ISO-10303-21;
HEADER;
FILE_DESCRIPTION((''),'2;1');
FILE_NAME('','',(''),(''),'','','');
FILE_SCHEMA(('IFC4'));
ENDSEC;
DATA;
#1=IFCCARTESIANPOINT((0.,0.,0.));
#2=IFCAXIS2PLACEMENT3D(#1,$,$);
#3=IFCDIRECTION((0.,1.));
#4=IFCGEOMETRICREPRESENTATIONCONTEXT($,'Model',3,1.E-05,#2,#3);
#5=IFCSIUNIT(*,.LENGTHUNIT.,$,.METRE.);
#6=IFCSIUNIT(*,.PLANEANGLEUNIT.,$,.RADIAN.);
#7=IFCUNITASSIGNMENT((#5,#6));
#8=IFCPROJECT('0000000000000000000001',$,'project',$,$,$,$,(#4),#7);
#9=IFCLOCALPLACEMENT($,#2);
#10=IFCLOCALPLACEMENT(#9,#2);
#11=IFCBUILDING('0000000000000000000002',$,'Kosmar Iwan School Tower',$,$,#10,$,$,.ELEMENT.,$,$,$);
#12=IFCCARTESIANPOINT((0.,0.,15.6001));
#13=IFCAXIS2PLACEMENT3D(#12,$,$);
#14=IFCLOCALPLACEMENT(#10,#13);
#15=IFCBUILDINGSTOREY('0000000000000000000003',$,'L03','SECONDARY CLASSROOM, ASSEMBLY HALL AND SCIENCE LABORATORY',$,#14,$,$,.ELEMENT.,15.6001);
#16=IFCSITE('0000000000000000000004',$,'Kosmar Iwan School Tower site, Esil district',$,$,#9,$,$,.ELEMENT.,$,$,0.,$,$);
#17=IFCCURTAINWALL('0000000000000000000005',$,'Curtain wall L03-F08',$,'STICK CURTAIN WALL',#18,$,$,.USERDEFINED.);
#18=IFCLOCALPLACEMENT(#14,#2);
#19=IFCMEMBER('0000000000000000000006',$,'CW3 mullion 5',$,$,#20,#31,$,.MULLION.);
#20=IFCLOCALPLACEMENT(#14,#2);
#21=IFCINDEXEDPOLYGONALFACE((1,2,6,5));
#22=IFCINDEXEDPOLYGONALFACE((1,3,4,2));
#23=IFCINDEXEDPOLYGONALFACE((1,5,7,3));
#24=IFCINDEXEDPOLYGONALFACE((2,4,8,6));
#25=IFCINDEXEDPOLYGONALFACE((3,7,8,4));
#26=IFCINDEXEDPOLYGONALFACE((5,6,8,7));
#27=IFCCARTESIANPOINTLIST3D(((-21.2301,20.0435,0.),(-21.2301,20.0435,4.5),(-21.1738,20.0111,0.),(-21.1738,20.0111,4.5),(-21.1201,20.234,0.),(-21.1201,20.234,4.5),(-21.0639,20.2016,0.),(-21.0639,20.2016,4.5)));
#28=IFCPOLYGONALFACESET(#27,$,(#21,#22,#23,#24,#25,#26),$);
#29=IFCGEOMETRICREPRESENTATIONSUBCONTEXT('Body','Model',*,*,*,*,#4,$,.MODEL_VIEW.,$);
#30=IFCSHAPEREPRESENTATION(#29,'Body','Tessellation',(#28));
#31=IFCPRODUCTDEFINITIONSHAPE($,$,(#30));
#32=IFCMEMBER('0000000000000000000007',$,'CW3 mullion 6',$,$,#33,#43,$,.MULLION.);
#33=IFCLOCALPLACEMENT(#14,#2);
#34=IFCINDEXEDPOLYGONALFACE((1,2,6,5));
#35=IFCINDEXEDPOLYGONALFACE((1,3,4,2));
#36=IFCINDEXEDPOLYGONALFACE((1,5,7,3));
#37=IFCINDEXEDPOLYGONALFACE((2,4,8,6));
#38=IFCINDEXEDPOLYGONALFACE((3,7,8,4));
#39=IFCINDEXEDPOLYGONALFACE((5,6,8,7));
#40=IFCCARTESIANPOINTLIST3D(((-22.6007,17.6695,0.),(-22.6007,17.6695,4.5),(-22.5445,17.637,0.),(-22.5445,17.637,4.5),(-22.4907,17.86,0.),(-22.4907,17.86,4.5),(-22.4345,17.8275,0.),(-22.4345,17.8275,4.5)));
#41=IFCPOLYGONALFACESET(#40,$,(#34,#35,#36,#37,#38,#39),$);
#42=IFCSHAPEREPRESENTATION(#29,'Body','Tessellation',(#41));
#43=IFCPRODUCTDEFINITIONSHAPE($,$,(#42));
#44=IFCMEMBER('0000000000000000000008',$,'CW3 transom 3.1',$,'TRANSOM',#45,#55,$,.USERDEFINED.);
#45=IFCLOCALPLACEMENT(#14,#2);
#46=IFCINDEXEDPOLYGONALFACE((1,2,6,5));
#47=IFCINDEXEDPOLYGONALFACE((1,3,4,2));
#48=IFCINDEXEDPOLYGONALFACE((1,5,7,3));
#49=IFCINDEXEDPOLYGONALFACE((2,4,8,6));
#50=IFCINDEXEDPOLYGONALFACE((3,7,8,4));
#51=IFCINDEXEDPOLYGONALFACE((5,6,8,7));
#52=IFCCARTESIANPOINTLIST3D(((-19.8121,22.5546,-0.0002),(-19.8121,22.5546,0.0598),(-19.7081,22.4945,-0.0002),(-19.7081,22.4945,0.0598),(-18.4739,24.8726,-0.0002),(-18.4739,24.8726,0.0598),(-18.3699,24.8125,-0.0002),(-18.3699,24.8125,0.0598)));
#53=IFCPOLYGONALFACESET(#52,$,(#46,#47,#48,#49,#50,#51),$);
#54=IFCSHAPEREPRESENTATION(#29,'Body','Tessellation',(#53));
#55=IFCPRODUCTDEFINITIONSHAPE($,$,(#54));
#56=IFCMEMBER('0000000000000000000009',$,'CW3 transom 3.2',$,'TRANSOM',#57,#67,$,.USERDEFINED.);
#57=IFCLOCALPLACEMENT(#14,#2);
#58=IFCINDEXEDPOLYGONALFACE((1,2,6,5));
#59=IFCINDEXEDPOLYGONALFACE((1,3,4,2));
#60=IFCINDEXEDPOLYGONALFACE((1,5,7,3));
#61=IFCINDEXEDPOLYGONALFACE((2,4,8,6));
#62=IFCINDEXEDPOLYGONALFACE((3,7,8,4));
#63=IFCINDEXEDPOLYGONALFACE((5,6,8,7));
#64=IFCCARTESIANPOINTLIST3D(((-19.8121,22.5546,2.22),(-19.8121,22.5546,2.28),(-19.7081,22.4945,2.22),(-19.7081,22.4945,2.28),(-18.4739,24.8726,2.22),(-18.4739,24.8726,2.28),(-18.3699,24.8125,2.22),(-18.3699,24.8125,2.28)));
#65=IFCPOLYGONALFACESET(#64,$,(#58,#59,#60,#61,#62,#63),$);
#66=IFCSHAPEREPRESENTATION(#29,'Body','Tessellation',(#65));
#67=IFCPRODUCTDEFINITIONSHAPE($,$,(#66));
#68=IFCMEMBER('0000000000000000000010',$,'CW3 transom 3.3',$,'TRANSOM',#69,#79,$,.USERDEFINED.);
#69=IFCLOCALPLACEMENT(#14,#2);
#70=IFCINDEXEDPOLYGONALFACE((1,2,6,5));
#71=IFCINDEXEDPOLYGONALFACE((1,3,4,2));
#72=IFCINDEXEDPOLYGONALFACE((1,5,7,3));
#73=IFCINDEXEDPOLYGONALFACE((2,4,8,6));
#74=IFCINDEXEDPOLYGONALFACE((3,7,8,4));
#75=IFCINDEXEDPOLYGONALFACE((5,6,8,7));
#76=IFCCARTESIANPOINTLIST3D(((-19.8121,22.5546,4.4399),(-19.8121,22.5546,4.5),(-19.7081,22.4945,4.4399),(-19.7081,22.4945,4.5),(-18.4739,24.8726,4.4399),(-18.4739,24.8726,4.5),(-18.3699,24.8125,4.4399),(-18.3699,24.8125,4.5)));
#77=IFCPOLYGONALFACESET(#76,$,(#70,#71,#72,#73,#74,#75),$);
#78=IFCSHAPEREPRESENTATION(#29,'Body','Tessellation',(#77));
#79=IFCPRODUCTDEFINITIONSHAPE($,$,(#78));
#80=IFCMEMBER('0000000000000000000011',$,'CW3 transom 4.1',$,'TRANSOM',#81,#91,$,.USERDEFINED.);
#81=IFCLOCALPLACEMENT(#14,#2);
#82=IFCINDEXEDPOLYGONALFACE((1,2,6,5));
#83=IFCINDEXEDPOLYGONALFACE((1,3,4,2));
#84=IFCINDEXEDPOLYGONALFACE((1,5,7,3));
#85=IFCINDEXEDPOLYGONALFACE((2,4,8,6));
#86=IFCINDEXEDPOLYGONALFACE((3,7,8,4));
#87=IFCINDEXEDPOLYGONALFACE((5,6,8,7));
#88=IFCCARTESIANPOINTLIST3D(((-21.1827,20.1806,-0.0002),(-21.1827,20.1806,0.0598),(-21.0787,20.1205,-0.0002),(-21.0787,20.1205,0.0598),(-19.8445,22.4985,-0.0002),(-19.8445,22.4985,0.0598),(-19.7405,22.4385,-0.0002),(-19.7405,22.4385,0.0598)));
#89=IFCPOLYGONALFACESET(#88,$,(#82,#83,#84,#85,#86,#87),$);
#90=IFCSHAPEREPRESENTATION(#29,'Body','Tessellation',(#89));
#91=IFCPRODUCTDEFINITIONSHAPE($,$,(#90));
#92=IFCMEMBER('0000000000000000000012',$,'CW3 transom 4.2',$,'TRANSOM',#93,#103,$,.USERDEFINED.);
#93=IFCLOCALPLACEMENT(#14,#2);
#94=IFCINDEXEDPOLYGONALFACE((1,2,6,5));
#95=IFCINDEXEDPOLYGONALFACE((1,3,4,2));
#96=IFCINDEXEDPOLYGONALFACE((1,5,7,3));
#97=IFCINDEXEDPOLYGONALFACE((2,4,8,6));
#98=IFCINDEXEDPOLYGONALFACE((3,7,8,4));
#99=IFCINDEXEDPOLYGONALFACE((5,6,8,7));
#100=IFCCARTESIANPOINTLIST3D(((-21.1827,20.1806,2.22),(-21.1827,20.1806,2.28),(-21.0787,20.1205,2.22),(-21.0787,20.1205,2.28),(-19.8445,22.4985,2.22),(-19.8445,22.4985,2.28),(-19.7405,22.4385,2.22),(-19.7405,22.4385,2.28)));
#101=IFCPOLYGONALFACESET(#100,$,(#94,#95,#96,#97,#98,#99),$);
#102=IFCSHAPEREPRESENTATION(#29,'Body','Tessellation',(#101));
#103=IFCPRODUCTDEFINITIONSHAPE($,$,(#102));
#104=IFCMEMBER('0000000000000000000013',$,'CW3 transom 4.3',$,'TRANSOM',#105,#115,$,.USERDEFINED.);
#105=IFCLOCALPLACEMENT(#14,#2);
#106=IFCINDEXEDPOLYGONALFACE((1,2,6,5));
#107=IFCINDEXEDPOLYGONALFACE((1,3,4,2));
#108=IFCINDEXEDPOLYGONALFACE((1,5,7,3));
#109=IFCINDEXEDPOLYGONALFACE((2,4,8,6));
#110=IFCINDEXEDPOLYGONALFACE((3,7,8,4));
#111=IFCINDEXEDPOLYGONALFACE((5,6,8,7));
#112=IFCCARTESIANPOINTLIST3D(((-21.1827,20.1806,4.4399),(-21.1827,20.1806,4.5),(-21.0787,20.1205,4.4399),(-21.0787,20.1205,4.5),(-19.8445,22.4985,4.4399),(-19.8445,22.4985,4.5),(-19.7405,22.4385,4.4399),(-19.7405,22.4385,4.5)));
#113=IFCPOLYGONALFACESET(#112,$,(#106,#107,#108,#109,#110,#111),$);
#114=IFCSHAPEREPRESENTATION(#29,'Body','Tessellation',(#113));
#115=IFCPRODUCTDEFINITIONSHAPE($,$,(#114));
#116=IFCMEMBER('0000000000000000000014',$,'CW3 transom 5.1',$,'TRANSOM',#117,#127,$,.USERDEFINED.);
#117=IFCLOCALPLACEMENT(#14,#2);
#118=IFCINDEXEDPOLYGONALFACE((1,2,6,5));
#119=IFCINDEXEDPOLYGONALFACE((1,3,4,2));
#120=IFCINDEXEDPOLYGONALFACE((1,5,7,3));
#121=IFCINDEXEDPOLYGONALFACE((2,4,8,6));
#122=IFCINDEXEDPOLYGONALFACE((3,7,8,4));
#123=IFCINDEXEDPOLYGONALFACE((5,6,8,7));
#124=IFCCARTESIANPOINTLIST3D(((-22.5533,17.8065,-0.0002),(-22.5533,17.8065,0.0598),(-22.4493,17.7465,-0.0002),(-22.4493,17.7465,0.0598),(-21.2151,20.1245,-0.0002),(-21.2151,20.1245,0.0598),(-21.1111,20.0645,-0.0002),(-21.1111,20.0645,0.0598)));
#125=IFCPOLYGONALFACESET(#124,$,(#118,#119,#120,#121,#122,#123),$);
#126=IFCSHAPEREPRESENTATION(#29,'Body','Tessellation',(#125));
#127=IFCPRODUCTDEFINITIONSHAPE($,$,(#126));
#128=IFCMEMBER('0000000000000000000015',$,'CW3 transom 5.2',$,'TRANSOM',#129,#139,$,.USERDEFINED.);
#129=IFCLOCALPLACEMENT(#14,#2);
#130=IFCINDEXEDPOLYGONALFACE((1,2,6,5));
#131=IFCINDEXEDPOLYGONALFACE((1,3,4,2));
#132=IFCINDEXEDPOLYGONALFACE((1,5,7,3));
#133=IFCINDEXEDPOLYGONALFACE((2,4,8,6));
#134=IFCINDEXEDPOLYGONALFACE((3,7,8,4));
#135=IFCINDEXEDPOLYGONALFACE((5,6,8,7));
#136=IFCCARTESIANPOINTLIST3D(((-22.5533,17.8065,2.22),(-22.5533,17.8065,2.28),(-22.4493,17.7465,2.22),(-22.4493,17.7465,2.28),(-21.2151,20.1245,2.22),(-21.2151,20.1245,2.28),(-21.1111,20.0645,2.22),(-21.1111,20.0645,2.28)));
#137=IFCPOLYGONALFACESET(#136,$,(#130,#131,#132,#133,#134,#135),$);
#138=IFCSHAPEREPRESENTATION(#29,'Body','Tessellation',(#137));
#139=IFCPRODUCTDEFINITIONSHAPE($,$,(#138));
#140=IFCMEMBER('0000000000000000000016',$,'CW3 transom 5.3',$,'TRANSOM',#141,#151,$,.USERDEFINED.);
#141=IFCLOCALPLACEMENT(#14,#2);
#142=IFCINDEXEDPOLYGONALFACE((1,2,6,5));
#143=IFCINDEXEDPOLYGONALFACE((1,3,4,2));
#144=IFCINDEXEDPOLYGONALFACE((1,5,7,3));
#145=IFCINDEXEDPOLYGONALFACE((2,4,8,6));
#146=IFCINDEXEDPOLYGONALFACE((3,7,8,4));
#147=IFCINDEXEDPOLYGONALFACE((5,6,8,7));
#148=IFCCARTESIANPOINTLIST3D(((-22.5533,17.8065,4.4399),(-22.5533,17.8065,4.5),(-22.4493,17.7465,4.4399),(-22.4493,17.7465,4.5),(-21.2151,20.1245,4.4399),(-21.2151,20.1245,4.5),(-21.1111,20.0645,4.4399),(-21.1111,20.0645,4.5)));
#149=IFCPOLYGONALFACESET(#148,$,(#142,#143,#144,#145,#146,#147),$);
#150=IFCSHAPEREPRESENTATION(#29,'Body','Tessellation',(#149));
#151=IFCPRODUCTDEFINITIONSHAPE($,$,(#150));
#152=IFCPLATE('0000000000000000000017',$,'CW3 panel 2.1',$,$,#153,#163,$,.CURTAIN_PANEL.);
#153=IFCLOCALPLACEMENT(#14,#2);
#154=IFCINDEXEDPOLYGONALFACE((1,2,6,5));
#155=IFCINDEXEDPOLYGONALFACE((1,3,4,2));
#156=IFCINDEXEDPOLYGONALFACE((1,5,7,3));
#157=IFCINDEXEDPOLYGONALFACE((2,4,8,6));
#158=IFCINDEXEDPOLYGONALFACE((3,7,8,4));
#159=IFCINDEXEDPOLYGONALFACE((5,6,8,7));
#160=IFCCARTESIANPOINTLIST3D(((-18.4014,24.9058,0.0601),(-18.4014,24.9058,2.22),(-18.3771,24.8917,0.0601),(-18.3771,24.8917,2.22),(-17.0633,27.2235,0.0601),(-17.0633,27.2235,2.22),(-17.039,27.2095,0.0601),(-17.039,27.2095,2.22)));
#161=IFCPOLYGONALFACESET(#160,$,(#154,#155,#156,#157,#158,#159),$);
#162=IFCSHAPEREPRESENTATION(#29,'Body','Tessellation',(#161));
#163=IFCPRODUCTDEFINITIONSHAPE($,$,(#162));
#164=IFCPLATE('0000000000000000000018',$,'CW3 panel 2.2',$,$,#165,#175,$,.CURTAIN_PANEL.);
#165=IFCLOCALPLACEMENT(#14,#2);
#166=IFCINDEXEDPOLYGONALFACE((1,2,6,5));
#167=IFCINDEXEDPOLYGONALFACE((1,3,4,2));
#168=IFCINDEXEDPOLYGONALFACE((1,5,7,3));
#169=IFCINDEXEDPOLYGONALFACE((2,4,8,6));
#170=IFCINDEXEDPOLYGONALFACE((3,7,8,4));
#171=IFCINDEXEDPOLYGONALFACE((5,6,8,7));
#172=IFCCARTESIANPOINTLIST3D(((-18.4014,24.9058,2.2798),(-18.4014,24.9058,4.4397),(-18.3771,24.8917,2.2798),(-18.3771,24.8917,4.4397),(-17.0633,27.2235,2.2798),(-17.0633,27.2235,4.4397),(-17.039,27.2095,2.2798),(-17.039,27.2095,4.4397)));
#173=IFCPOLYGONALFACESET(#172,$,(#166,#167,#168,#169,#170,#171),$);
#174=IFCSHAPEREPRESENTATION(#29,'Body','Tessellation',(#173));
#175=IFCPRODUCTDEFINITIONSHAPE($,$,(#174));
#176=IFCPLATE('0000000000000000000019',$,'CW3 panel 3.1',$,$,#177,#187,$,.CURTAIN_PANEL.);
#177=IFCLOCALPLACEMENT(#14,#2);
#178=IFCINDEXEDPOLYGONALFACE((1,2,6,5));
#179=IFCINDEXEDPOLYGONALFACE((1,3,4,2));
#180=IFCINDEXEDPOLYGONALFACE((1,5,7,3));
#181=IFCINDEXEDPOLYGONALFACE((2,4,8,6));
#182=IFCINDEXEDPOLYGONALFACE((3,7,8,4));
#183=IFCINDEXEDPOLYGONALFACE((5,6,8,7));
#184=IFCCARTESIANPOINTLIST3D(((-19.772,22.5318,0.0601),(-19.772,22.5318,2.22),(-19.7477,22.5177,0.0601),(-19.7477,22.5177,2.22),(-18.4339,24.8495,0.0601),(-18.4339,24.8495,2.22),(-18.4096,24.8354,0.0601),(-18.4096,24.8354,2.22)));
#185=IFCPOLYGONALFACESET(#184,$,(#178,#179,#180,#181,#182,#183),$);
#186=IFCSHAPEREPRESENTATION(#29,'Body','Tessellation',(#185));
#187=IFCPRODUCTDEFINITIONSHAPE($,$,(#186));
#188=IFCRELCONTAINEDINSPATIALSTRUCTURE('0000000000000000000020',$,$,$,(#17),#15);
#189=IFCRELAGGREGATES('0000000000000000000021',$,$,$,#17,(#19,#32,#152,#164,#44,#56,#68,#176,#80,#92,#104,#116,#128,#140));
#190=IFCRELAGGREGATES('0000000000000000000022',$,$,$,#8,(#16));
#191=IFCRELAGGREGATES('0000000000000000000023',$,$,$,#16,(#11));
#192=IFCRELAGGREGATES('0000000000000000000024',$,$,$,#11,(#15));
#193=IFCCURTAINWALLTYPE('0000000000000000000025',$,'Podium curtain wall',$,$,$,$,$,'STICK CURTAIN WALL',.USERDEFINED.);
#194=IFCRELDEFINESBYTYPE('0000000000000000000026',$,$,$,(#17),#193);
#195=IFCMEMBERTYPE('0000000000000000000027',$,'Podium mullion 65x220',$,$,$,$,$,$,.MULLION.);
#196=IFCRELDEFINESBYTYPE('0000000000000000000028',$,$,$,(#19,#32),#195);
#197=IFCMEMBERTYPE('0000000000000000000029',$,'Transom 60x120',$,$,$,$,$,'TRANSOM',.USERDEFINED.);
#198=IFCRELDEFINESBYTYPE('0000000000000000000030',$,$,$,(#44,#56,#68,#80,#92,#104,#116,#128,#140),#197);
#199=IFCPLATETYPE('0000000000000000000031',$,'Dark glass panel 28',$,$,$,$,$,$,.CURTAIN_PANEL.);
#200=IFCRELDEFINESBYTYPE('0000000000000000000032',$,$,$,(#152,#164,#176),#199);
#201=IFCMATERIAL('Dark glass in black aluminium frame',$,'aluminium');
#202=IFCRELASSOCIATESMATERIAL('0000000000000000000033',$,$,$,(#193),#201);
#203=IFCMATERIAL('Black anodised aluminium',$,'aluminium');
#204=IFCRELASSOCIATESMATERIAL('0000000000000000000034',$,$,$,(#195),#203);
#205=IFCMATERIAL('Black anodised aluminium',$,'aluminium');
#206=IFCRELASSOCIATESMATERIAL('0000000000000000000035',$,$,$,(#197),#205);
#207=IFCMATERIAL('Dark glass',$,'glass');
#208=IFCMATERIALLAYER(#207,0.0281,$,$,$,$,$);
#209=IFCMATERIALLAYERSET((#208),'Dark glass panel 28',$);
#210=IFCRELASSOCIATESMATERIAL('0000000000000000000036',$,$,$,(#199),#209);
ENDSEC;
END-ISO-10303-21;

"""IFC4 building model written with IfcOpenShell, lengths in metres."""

from ifc_helpers import new_model, si_unit, direction, frame, origin, origin_2d, place, context, subcontext, project, spatial, rectangle, extrude, material, layer, layer_set, material_profile, profile_set, type_object, element, aggregate, save


model = new_model("IFC4")

# Units and contexts
model_context = context("Model", 3, precision=1e-05, world=origin(), true_north=direction((0.0, 1.0)))
body_context = subcontext(model_context, "Body", "Model", "MODEL_VIEW")
ifc_project = project(units=[si_unit("LENGTHUNIT", "METRE"), si_unit("PLANEANGLEUNIT", "RADIAN")], contexts=[model_context])

# Site, building, storey
site_placement = place(None, origin())
site = spatial("IfcSite", under=ifc_project, at=site_placement, Name="Kosmar Iwan School Tower site, Esil district", CompositionType="ELEMENT", RefElevation=0.0)
building_placement = place(site_placement, origin())
building = spatial("IfcBuilding", under=site, at=building_placement, Name="Kosmar Iwan School Tower", CompositionType="ELEMENT")
storey_placement = place(building_placement, frame((0.0, 0.0, 15.6001)))
storey = spatial("IfcBuildingStorey", under=building, at=storey_placement, Name="L03", Description="SECONDARY CLASSROOM, ASSEMBLY HALL AND SCIENCE LABORATORY", CompositionType="ELEMENT", Elevation=15.6001)

# Curtain wall, members, plates
ifc_material_1 = material(Name="Dark glass in black aluminium frame", Category="aluminium")
curtain_wall_type = type_object("IfcCurtainWallType", Name="Podium curtain wall", ElementType="STICK CURTAIN WALL", PredefinedType="USERDEFINED", material=ifc_material_1)
curtain_wall_placement = place(storey_placement, origin())
curtain_wall = element("IfcCurtainWall", 1, at=curtain_wall_placement, inside=storey, type_object=curtain_wall_type, Name="Curtain wall L03-F08", ObjectType="STICK CURTAIN WALL", PredefinedType="USERDEFINED")
ifc_material_2 = material(Name="Black anodised aluminium", Category="aluminium")
ifc_material_profile_1 = material_profile(ifc_material_2, rectangle(XDim=0.0649, YDim=0.22, at=origin_2d()), Name="MULLION 65x220")
ifc_profile_set_1 = profile_set([ifc_material_profile_1], Name="Black anodised aluminium")
member_type_1 = type_object("IfcMemberType", Name="Podium mullion 65x220", PredefinedType="MULLION", material=ifc_profile_set_1)
member_1_placement = place(storey_placement, frame((-21.147, 20.1226, 0.0), z_axis=(0.0, 0.0, 1.0), x_axis=(0.866025, -0.5, 0.0)))
member_1 = element("IfcMember", 2, at=member_1_placement, type_object=member_type_1, Name="CW3 mullion 5", PredefinedType="MULLION", context=body_context, shape_type="SweptSolid", body=[
    extrude(rectangle(XDim=0.0649, YDim=0.22, at=origin_2d()), origin(), (0.0, 0.0, 1.0), 4.5),
])
member_2_placement = place(storey_placement, frame((-22.5176, 17.7485, 0.0), z_axis=(0.0, 0.0, 1.0), x_axis=(0.866025, -0.5, 0.0)))
member_2 = element("IfcMember", 3, at=member_2_placement, type_object=member_type_1, Name="CW3 mullion 6", PredefinedType="MULLION", context=body_context, shape_type="SweptSolid", body=[
    extrude(rectangle(XDim=0.0649, YDim=0.22, at=origin_2d()), origin(), (0.0, 0.0, 1.0), 4.5),
])
ifc_material_3 = material(Name="Black anodised aluminium", Category="aluminium")
ifc_material_profile_2 = material_profile(ifc_material_3, rectangle(XDim=0.1201, YDim=0.0601, at=origin_2d()), Name="TRANSOM 60x120")
ifc_profile_set_2 = profile_set([ifc_material_profile_2], Name="Black anodised aluminium")
member_type_2 = type_object("IfcMemberType", Name="Transom 60x120", ElementType="TRANSOM", PredefinedType="USERDEFINED", material=ifc_profile_set_2)
member_3_placement = place(storey_placement, frame((-18.4219, 24.8425, 0.0298), z_axis=(-0.499975, -0.86604, 0.0), x_axis=(0.86604, -0.499975, 0.0)))
member_3 = element("IfcMember", 4, at=member_3_placement, type_object=member_type_2, Name="CW3 transom 3.1", ObjectType="TRANSOM", PredefinedType="USERDEFINED", context=body_context, shape_type="SweptSolid", body=[
    extrude(rectangle(XDim=0.1201, YDim=0.0601, at=origin_2d()), origin(), (0.0, 0.0, 1.0), 2.6765),
])
member_4_placement = place(storey_placement, frame((-18.4219, 24.8425, 2.25), z_axis=(-0.499975, -0.86604, 0.0), x_axis=(0.86604, -0.499975, 0.0)))
member_4 = element("IfcMember", 5, at=member_4_placement, type_object=member_type_2, Name="CW3 transom 3.2", ObjectType="TRANSOM", PredefinedType="USERDEFINED", context=body_context, shape_type="SweptSolid", body=[
    extrude(rectangle(XDim=0.1201, YDim=0.0601, at=origin_2d()), origin(), (0.0, 0.0, 1.0), 2.6765),
])
member_5_placement = place(storey_placement, frame((-18.4219, 24.8425, 4.47), z_axis=(-0.499975, -0.86604, 0.0), x_axis=(0.86604, -0.499975, 0.0)))
member_5 = element("IfcMember", 6, at=member_5_placement, type_object=member_type_2, Name="CW3 transom 3.3", ObjectType="TRANSOM", PredefinedType="USERDEFINED", context=body_context, shape_type="SweptSolid", body=[
    extrude(rectangle(XDim=0.1201, YDim=0.0601, at=origin_2d()), origin(), (0.0, 0.0, 1.0), 2.6765),
])
member_6_placement = place(storey_placement, frame((-19.7925, 22.4685, 0.0298), z_axis=(-0.499975, -0.86604, 0.0), x_axis=(0.86604, -0.499975, 0.0)))
member_6 = element("IfcMember", 7, at=member_6_placement, type_object=member_type_2, Name="CW3 transom 4.1", ObjectType="TRANSOM", PredefinedType="USERDEFINED", context=body_context, shape_type="SweptSolid", body=[
    extrude(rectangle(XDim=0.1201, YDim=0.0601, at=origin_2d()), origin(), (0.0, 0.0, 1.0), 2.6765),
])
member_7_placement = place(storey_placement, frame((-19.7925, 22.4685, 2.25), z_axis=(-0.499975, -0.86604, 0.0), x_axis=(0.86604, -0.499975, 0.0)))
member_7 = element("IfcMember", 8, at=member_7_placement, type_object=member_type_2, Name="CW3 transom 4.2", ObjectType="TRANSOM", PredefinedType="USERDEFINED", context=body_context, shape_type="SweptSolid", body=[
    extrude(rectangle(XDim=0.1201, YDim=0.0601, at=origin_2d()), origin(), (0.0, 0.0, 1.0), 2.6765),
])
member_8_placement = place(storey_placement, frame((-19.7925, 22.4685, 4.47), z_axis=(-0.499975, -0.86604, 0.0), x_axis=(0.86604, -0.499975, 0.0)))
member_8 = element("IfcMember", 9, at=member_8_placement, type_object=member_type_2, Name="CW3 transom 4.3", ObjectType="TRANSOM", PredefinedType="USERDEFINED", context=body_context, shape_type="SweptSolid", body=[
    extrude(rectangle(XDim=0.1201, YDim=0.0601, at=origin_2d()), origin(), (0.0, 0.0, 1.0), 2.6765),
])
member_9_placement = place(storey_placement, frame((-21.1631, 20.0945, 0.0298), z_axis=(-0.499975, -0.86604, 0.0), x_axis=(0.86604, -0.499975, 0.0)))
member_9 = element("IfcMember", 10, at=member_9_placement, type_object=member_type_2, Name="CW3 transom 5.1", ObjectType="TRANSOM", PredefinedType="USERDEFINED", context=body_context, shape_type="SweptSolid", body=[
    extrude(rectangle(XDim=0.1201, YDim=0.0601, at=origin_2d()), origin(), (0.0, 0.0, 1.0), 2.6765),
])
member_10_placement = place(storey_placement, frame((-21.1631, 20.0945, 2.25), z_axis=(-0.499975, -0.86604, 0.0), x_axis=(0.86604, -0.499975, 0.0)))
member_10 = element("IfcMember", 11, at=member_10_placement, type_object=member_type_2, Name="CW3 transom 5.2", ObjectType="TRANSOM", PredefinedType="USERDEFINED", context=body_context, shape_type="SweptSolid", body=[
    extrude(rectangle(XDim=0.1201, YDim=0.0601, at=origin_2d()), origin(), (0.0, 0.0, 1.0), 2.6765),
])
member_11_placement = place(storey_placement, frame((-21.1631, 20.0945, 4.47), z_axis=(-0.499975, -0.86604, 0.0), x_axis=(0.86604, -0.499975, 0.0)))
member_11 = element("IfcMember", 12, at=member_11_placement, type_object=member_type_2, Name="CW3 transom 5.3", ObjectType="TRANSOM", PredefinedType="USERDEFINED", context=body_context, shape_type="SweptSolid", body=[
    extrude(rectangle(XDim=0.1201, YDim=0.0601, at=origin_2d()), origin(), (0.0, 0.0, 1.0), 2.6765),
])
ifc_material_4 = material(Name="Dark glass", Category="glass")
ifc_layer = layer(ifc_material_4, 0.0281)
ifc_layer_set = layer_set([ifc_layer], Name="Dark glass panel 28")
plate_type = type_object("IfcPlateType", Name="Dark glass panel 28", PredefinedType="CURTAIN_PANEL", material=ifc_layer_set)
plate_1_placement = place(storey_placement, frame((-17.7202, 26.0576, 0.0601), z_axis=(0.0, 0.0, 1.0), x_axis=(-0.5, -0.866025, 0.0)))
plate_1 = element("IfcPlate", 13, at=plate_1_placement, type_object=plate_type, Name="CW3 panel 2.1", PredefinedType="CURTAIN_PANEL", context=body_context, shape_type="SweptSolid", body=[
    extrude(rectangle(XDim=2.6763, YDim=0.0281, at=origin_2d()), origin(), (0.0, 0.0, 1.0), 2.1599),
])
plate_2_placement = place(storey_placement, frame((-17.7202, 26.0576, 2.2798), z_axis=(0.0, 0.0, 1.0), x_axis=(-0.5, -0.866025, 0.0)))
plate_2 = element("IfcPlate", 14, at=plate_2_placement, type_object=plate_type, Name="CW3 panel 2.2", PredefinedType="CURTAIN_PANEL", context=body_context, shape_type="SweptSolid", body=[
    extrude(rectangle(XDim=2.6763, YDim=0.0281, at=origin_2d()), origin(), (0.0, 0.0, 1.0), 2.1599),
])
plate_3_placement = place(storey_placement, frame((-19.0908, 23.6836, 0.0601), z_axis=(0.0, 0.0, 1.0), x_axis=(-0.5, -0.866025, 0.0)))
plate_3 = element("IfcPlate", 15, at=plate_3_placement, type_object=plate_type, Name="CW3 panel 3.1", PredefinedType="CURTAIN_PANEL", context=body_context, shape_type="SweptSolid", body=[
    extrude(rectangle(XDim=2.6763, YDim=0.0281, at=origin_2d()), origin(), (0.0, 0.0, 1.0), 2.1599),
])
aggregate(curtain_wall, [member_1, member_2, plate_1, plate_2, member_3, member_4, member_5, plate_3, member_6, member_7, member_8, member_9, member_10, member_11])

save(model, "model.ifc")
